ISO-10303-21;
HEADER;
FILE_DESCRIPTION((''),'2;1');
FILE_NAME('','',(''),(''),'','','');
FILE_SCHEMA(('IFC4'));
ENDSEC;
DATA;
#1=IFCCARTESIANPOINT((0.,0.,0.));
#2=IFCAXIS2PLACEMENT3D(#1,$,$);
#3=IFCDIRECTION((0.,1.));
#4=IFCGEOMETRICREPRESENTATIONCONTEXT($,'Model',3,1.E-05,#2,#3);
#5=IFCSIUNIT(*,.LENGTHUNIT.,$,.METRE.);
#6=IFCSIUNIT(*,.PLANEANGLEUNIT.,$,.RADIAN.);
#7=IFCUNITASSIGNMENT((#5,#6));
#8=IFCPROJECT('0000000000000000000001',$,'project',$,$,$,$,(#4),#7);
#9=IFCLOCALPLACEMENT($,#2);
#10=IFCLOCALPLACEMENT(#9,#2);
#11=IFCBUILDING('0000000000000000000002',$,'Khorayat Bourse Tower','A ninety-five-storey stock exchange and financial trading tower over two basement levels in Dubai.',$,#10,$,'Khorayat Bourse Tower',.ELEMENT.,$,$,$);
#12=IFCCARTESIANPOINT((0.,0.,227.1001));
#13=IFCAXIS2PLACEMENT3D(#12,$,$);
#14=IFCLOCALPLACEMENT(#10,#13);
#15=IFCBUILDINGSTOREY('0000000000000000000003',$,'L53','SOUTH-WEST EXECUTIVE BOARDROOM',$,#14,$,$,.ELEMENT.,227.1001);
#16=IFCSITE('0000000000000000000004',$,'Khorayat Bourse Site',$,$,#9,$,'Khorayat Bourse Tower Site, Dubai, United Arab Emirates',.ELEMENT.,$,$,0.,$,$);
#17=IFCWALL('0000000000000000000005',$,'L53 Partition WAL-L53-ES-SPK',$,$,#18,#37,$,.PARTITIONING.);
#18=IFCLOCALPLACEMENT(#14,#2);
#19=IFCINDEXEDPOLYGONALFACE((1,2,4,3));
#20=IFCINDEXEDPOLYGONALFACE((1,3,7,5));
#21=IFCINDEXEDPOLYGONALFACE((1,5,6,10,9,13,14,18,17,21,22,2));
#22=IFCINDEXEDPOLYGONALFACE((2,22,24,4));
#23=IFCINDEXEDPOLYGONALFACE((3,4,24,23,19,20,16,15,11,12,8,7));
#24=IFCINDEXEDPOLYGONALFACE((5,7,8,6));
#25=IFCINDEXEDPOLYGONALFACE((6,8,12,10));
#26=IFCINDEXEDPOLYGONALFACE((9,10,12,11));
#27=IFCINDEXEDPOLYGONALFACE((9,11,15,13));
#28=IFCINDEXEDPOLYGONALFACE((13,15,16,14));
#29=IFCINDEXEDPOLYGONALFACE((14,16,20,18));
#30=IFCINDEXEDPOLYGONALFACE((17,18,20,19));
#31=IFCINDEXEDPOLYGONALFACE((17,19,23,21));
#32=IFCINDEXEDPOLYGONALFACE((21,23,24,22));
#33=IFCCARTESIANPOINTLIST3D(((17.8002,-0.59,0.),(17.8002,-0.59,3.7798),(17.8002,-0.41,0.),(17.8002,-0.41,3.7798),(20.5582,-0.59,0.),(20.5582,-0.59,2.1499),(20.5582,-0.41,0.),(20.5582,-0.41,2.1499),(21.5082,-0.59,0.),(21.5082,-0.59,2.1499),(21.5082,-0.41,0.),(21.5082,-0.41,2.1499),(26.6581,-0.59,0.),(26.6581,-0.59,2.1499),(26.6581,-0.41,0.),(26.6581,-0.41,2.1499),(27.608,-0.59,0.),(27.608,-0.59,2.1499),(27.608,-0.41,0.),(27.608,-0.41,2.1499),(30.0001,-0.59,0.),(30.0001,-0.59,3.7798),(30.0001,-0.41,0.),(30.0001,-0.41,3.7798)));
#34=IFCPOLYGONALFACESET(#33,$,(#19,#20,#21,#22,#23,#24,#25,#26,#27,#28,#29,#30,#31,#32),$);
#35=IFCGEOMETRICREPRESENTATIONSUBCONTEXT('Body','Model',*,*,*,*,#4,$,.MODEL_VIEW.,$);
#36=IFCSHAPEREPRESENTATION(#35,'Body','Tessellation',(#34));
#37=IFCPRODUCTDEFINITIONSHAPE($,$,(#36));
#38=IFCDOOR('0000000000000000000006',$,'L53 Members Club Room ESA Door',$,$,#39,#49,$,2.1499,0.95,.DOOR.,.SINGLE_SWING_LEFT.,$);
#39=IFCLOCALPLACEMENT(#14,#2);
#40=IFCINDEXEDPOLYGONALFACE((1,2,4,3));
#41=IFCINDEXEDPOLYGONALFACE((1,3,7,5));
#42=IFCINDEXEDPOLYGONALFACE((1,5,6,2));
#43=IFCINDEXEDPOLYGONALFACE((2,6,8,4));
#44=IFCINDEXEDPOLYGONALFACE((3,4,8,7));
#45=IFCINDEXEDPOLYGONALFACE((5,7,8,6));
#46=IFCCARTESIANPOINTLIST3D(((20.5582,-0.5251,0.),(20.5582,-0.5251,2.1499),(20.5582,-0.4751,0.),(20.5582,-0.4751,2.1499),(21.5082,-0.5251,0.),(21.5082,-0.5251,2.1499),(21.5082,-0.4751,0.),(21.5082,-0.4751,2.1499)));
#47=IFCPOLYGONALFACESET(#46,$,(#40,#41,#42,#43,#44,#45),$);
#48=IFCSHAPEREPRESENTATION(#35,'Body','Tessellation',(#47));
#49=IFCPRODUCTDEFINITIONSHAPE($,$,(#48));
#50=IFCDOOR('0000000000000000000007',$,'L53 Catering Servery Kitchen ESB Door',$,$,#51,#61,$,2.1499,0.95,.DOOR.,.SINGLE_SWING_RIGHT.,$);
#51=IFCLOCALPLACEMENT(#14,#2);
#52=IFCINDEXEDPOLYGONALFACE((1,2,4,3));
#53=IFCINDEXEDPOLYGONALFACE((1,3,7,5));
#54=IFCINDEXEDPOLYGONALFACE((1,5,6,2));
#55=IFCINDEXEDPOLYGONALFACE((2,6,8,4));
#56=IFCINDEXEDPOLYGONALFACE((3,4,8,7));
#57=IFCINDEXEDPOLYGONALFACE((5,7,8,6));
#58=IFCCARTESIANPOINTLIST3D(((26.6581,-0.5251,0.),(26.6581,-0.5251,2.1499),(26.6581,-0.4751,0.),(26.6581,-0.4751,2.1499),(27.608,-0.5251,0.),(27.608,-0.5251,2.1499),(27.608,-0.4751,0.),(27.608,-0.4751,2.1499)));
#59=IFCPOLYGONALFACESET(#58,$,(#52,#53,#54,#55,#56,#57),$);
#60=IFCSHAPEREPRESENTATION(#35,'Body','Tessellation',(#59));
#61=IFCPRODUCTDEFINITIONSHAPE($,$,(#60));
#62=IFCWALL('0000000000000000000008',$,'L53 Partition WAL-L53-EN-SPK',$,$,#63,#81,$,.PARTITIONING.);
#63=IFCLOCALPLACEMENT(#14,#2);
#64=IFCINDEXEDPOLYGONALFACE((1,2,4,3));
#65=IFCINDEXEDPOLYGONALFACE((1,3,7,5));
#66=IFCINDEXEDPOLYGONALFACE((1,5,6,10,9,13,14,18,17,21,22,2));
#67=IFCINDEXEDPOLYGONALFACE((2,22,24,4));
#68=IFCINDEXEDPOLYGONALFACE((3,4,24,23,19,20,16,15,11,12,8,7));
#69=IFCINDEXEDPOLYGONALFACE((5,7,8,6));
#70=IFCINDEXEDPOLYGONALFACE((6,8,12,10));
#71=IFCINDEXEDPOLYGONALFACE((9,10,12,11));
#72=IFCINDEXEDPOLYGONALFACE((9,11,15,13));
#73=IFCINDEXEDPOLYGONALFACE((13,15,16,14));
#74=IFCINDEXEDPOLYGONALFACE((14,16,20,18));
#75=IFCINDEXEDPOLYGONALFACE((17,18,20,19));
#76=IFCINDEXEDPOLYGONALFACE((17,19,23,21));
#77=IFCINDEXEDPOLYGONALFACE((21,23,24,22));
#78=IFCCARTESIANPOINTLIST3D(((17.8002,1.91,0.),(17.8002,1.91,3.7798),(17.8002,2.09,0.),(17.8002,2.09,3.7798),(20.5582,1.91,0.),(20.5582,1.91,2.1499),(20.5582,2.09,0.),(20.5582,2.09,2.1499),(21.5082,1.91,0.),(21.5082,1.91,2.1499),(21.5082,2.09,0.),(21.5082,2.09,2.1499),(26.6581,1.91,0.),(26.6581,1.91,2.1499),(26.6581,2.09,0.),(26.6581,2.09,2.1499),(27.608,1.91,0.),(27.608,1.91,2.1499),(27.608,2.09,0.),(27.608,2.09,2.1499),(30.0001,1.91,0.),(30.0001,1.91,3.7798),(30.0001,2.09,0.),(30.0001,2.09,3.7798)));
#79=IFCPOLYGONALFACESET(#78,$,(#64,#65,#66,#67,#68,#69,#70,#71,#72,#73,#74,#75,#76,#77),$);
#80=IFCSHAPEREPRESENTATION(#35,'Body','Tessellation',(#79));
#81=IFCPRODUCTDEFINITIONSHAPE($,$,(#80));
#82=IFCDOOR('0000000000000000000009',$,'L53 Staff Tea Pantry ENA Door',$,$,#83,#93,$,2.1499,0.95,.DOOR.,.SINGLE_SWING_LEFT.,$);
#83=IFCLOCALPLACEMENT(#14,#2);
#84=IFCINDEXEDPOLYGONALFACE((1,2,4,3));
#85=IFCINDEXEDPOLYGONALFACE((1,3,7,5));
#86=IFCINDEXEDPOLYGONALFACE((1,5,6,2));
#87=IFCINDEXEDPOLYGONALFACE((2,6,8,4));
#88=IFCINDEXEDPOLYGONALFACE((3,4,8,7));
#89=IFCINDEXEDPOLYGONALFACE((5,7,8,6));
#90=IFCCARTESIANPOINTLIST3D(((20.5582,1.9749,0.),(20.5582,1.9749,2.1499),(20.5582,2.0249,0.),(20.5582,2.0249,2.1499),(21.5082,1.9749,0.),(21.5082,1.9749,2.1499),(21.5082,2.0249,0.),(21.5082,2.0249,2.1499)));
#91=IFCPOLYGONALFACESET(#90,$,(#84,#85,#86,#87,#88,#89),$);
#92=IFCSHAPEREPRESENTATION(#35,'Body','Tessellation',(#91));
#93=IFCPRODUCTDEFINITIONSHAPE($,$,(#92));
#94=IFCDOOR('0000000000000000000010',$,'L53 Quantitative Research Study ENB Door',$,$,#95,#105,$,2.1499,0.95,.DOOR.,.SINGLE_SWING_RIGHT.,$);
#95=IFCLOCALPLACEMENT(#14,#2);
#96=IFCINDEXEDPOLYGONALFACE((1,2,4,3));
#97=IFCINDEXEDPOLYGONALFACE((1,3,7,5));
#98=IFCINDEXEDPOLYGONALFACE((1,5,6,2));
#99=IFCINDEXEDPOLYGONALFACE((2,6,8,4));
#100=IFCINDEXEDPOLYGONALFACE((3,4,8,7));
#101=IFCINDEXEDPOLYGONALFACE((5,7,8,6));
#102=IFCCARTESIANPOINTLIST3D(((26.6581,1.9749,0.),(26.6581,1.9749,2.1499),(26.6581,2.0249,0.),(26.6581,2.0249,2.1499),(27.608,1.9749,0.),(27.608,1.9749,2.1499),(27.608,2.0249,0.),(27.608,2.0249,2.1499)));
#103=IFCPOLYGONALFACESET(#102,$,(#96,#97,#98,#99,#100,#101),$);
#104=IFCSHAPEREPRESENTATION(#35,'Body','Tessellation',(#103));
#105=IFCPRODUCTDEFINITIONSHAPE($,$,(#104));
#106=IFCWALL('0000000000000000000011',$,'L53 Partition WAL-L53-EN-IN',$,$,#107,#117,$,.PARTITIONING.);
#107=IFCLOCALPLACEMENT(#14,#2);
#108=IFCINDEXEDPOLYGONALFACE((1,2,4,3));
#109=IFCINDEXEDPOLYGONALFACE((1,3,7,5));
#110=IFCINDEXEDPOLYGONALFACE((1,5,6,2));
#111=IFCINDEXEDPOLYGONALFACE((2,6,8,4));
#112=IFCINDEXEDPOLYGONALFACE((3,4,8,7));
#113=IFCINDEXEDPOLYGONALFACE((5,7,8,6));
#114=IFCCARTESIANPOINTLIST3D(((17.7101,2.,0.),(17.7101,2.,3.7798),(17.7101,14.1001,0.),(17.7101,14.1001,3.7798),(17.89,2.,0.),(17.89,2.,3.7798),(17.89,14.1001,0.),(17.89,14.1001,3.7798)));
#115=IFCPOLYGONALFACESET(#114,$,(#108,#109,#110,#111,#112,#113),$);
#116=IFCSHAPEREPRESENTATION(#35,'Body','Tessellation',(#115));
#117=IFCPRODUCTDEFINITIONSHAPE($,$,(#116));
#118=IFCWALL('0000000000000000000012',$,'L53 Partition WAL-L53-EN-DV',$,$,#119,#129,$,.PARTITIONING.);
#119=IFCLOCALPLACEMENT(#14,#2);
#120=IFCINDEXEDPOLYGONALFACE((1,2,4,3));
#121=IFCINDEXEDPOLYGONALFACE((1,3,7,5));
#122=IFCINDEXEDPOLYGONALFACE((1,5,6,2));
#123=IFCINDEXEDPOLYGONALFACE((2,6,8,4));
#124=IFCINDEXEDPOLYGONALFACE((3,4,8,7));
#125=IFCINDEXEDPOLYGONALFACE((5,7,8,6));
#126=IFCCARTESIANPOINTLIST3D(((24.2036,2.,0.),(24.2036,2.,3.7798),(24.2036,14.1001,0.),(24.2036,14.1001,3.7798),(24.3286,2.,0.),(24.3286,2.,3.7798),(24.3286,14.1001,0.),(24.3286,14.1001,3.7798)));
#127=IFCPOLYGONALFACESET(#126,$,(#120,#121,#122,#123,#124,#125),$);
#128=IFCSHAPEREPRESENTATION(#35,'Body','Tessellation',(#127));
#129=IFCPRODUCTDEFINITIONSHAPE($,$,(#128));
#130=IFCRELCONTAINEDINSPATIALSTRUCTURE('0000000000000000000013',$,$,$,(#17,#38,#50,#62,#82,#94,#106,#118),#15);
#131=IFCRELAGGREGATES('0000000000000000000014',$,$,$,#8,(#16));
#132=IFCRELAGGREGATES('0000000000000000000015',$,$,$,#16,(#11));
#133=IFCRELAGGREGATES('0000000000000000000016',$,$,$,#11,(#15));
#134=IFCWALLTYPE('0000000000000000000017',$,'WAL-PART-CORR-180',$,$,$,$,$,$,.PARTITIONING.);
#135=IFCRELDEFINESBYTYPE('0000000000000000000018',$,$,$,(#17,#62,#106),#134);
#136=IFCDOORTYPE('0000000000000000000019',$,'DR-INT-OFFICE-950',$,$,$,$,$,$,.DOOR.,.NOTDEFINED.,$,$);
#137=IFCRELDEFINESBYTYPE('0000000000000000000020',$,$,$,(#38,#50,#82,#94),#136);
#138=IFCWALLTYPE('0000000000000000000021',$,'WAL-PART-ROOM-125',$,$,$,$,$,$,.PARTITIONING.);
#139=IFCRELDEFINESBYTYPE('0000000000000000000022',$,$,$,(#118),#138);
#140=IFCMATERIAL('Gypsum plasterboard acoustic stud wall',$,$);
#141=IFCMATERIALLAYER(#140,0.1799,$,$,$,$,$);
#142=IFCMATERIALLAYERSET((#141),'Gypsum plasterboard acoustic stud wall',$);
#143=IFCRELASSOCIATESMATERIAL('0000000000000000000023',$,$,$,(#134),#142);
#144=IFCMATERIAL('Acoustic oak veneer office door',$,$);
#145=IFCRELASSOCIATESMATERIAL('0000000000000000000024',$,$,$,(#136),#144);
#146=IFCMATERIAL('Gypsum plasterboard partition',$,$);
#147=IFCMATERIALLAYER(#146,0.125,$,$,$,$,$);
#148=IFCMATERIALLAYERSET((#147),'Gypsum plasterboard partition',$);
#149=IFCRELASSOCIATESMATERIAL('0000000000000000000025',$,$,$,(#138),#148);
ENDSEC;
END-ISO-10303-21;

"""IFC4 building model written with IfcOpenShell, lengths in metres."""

from ifc_helpers import new_model, si_unit, direction, frame, frame_2d, origin, place, context, subcontext, project, spatial, rectangle, extrude, source, transform, mapped, material, layer, layer_set, type_object, element, fill, save


model = new_model("IFC4")

# Units and contexts
model_context = context("Model", 3, precision=1e-05, world=origin(), true_north=direction((0.0, 1.0)))
body_context = subcontext(model_context, "Body", "Model", "MODEL_VIEW")
ifc_project = project(units=[si_unit("LENGTHUNIT", "METRE"), si_unit("PLANEANGLEUNIT", "RADIAN")], contexts=[model_context])

# Site, building, storey
site_placement = place(None, origin())
site = spatial("IfcSite", under=ifc_project, at=site_placement, Name="Khorayat Bourse Site", LongName="Khorayat Bourse Tower Site, Dubai, United Arab Emirates", CompositionType="ELEMENT", RefElevation=0.0)
building_placement = place(site_placement, origin())
building = spatial("IfcBuilding", under=site, at=building_placement, Name="Khorayat Bourse Tower", Description="A ninety-five-storey stock exchange and financial trading tower over two basement levels in Dubai.", LongName="Khorayat Bourse Tower", CompositionType="ELEMENT")
storey_placement = place(building_placement, frame((0.0, 0.0, 227.1001)))
storey = spatial("IfcBuildingStorey", under=building, at=storey_placement, Name="L53", Description="SOUTH-WEST EXECUTIVE BOARDROOM", CompositionType="ELEMENT", Elevation=227.1001)

# Shared definitions
ifc_material_1 = material(Name="Gypsum plasterboard acoustic stud wall")
ifc_layer_1 = layer(ifc_material_1, 0.1799)
ifc_layer_set_1 = layer_set([ifc_layer_1], Name="Gypsum plasterboard acoustic stud wall")
wall_type_1 = type_object("IfcWallType", Name="WAL-PART-CORR-180", PredefinedType="PARTITIONING", material=ifc_layer_set_1)

# Walls, openings, doors
shared_shape_1 = source(origin(), body_context, "Body", "SweptSolid", [
    extrude(rectangle(XDim=12.2, YDim=0.1799, at=frame_2d((6.1001, 0.0))), origin(), (0.0, 0.0, 1.0), 3.7798),
])
wall_1_placement = place(storey_placement, frame((17.8, -0.5, 0.0), z_axis=(0.0, 0.0, 1.0), x_axis=(1.0, 0.0, 0.0)))
wall_1 = element("IfcWall", 1, at=wall_1_placement, inside=storey, type_object=wall_type_1, Name="L53 Partition WAL-L53-ES-SPK", PredefinedType="PARTITIONING", context=body_context, shape_type="MappedRepresentation", body=[
    mapped(shared_shape_1, transform((0.0, 0.0, 0.0), scale=1.0)),
])
shared_shape_2 = source(origin(), body_context, "Body", "SweptSolid", [
    extrude(rectangle(XDim=0.95, YDim=2.1499, at=frame_2d((0.4751, 1.075))), frame((0.0, 0.0999, 0.0), z_axis=(0.0, -1.0, 0.0), x_axis=(1.0, 0.0, 0.0)), (0.0, 0.0, 1.0), 0.2),
])
opening_1_placement = place(wall_1_placement, frame((2.7581, 0.0, 0.0)))
opening_1 = element("IfcOpeningElement", 2, at=opening_1_placement, cuts=wall_1, PredefinedType="OPENING", context=body_context, shape_type="MappedRepresentation", body=[
    mapped(shared_shape_2, transform((0.0, 0.0, 0.0), scale=1.0)),
])
opening_2_placement = place(wall_1_placement, frame((8.8579, 0.0, 0.0)))
opening_2 = element("IfcOpeningElement", 3, at=opening_2_placement, cuts=wall_1, PredefinedType="OPENING", context=body_context, shape_type="MappedRepresentation", body=[
    mapped(shared_shape_2, transform((0.0, 0.0, 0.0), scale=1.0)),
])
ifc_material_2 = material(Name="Acoustic oak veneer office door")
door_type = type_object("IfcDoorType", Name="DR-INT-OFFICE-950", OperationType="NOTDEFINED", PredefinedType="DOOR", material=ifc_material_2)
shared_shape_3 = source(origin(), body_context, "Body", "SweptSolid", [
    extrude(rectangle(XDim=0.95, YDim=2.1499, at=frame_2d((0.4751, 1.075))), frame((0.0, 0.0249, 0.0), z_axis=(0.0, -1.0, 0.0), x_axis=(1.0, 0.0, 0.0)), (0.0, 0.0, 1.0), 0.05),
])
door_1_placement = place(opening_1_placement, origin())
door_1 = element("IfcDoor", 4, at=door_1_placement, inside=storey, type_object=door_type, Name="L53 Members Club Room ESA Door", OperationType="SINGLE_SWING_LEFT", OverallHeight=2.1499, OverallWidth=0.95, PredefinedType="DOOR", context=body_context, shape_type="MappedRepresentation", body=[
    mapped(shared_shape_3, transform((0.0, 0.0, 0.0), scale=1.0)),
])
fill(opening_1, door_1)
door_2_placement = place(opening_2_placement, origin())
door_2 = element("IfcDoor", 5, at=door_2_placement, inside=storey, type_object=door_type, Name="L53 Catering Servery Kitchen ESB Door", OperationType="SINGLE_SWING_RIGHT", OverallHeight=2.1499, OverallWidth=0.95, PredefinedType="DOOR", context=body_context, shape_type="MappedRepresentation", body=[
    mapped(shared_shape_3, transform((0.0, 0.0, 0.0), scale=1.0)),
])
fill(opening_2, door_2)
wall_2_placement = place(storey_placement, frame((17.8, 2.0, 0.0), z_axis=(0.0, 0.0, 1.0), x_axis=(1.0, 0.0, 0.0)))
wall_2 = element("IfcWall", 6, at=wall_2_placement, inside=storey, type_object=wall_type_1, Name="L53 Partition WAL-L53-EN-SPK", PredefinedType="PARTITIONING", context=body_context, shape_type="MappedRepresentation", body=[
    mapped(shared_shape_1, transform((0.0, 0.0, 0.0), scale=1.0)),
])
opening_3_placement = place(wall_2_placement, frame((2.7581, 0.0, 0.0)))
opening_3 = element("IfcOpeningElement", 7, at=opening_3_placement, cuts=wall_2, PredefinedType="OPENING", context=body_context, shape_type="MappedRepresentation", body=[
    mapped(shared_shape_2, transform((0.0, 0.0, 0.0), scale=1.0)),
])
opening_4_placement = place(wall_2_placement, frame((8.8579, 0.0, 0.0)))
opening_4 = element("IfcOpeningElement", 8, at=opening_4_placement, cuts=wall_2, PredefinedType="OPENING", context=body_context, shape_type="MappedRepresentation", body=[
    mapped(shared_shape_2, transform((0.0, 0.0, 0.0), scale=1.0)),
])
door_3_placement = place(opening_3_placement, origin())
door_3 = element("IfcDoor", 9, at=door_3_placement, inside=storey, type_object=door_type, Name="L53 Staff Tea Pantry ENA Door", OperationType="SINGLE_SWING_LEFT", OverallHeight=2.1499, OverallWidth=0.95, PredefinedType="DOOR", context=body_context, shape_type="MappedRepresentation", body=[
    mapped(shared_shape_3, transform((0.0, 0.0, 0.0), scale=1.0)),
])
fill(opening_3, door_3)
door_4_placement = place(opening_4_placement, origin())
door_4 = element("IfcDoor", 10, at=door_4_placement, inside=storey, type_object=door_type, Name="L53 Quantitative Research Study ENB Door", OperationType="SINGLE_SWING_RIGHT", OverallHeight=2.1499, OverallWidth=0.95, PredefinedType="DOOR", context=body_context, shape_type="MappedRepresentation", body=[
    mapped(shared_shape_3, transform((0.0, 0.0, 0.0), scale=1.0)),
])
fill(opening_4, door_4)

# Walls
shared_shape_4 = source(origin(), body_context, "Body", "SweptSolid", [
    extrude(rectangle(XDim=12.1001, YDim=0.1799, at=frame_2d((6.05, 0.0))), origin(), (0.0, 0.0, 1.0), 3.7798),
])
wall_3_placement = place(storey_placement, frame((17.8, 2.0, 0.0), z_axis=(0.0, 0.0, 1.0), x_axis=(0.0, 1.0, 0.0)))
element("IfcWall", 11, at=wall_3_placement, inside=storey, type_object=wall_type_1, Name="L53 Partition WAL-L53-EN-IN", PredefinedType="PARTITIONING", context=body_context, shape_type="MappedRepresentation", body=[
    mapped(shared_shape_4, transform((0.0, 0.0, 0.0), scale=1.0)),
])
ifc_material_3 = material(Name="Gypsum plasterboard partition")
ifc_layer_2 = layer(ifc_material_3, 0.125)
ifc_layer_set_2 = layer_set([ifc_layer_2], Name="Gypsum plasterboard partition")
wall_type_2 = type_object("IfcWallType", Name="WAL-PART-ROOM-125", PredefinedType="PARTITIONING", material=ifc_layer_set_2)
shared_shape_5 = source(origin(), body_context, "Body", "SweptSolid", [
    extrude(rectangle(XDim=12.1001, YDim=0.125, at=frame_2d((6.05, 0.0))), origin(), (0.0, 0.0, 1.0), 3.7798),
])
wall_4_placement = place(storey_placement, frame((24.2661, 2.0, 0.0), z_axis=(0.0, 0.0, 1.0), x_axis=(0.0, 1.0, 0.0)))
element("IfcWall", 12, at=wall_4_placement, inside=storey, type_object=wall_type_2, Name="L53 Partition WAL-L53-EN-DV", PredefinedType="PARTITIONING", context=body_context, shape_type="MappedRepresentation", body=[
    mapped(shared_shape_5, transform((0.0, 0.0, 0.0), scale=1.0)),
])

save(model, "model.ifc")
